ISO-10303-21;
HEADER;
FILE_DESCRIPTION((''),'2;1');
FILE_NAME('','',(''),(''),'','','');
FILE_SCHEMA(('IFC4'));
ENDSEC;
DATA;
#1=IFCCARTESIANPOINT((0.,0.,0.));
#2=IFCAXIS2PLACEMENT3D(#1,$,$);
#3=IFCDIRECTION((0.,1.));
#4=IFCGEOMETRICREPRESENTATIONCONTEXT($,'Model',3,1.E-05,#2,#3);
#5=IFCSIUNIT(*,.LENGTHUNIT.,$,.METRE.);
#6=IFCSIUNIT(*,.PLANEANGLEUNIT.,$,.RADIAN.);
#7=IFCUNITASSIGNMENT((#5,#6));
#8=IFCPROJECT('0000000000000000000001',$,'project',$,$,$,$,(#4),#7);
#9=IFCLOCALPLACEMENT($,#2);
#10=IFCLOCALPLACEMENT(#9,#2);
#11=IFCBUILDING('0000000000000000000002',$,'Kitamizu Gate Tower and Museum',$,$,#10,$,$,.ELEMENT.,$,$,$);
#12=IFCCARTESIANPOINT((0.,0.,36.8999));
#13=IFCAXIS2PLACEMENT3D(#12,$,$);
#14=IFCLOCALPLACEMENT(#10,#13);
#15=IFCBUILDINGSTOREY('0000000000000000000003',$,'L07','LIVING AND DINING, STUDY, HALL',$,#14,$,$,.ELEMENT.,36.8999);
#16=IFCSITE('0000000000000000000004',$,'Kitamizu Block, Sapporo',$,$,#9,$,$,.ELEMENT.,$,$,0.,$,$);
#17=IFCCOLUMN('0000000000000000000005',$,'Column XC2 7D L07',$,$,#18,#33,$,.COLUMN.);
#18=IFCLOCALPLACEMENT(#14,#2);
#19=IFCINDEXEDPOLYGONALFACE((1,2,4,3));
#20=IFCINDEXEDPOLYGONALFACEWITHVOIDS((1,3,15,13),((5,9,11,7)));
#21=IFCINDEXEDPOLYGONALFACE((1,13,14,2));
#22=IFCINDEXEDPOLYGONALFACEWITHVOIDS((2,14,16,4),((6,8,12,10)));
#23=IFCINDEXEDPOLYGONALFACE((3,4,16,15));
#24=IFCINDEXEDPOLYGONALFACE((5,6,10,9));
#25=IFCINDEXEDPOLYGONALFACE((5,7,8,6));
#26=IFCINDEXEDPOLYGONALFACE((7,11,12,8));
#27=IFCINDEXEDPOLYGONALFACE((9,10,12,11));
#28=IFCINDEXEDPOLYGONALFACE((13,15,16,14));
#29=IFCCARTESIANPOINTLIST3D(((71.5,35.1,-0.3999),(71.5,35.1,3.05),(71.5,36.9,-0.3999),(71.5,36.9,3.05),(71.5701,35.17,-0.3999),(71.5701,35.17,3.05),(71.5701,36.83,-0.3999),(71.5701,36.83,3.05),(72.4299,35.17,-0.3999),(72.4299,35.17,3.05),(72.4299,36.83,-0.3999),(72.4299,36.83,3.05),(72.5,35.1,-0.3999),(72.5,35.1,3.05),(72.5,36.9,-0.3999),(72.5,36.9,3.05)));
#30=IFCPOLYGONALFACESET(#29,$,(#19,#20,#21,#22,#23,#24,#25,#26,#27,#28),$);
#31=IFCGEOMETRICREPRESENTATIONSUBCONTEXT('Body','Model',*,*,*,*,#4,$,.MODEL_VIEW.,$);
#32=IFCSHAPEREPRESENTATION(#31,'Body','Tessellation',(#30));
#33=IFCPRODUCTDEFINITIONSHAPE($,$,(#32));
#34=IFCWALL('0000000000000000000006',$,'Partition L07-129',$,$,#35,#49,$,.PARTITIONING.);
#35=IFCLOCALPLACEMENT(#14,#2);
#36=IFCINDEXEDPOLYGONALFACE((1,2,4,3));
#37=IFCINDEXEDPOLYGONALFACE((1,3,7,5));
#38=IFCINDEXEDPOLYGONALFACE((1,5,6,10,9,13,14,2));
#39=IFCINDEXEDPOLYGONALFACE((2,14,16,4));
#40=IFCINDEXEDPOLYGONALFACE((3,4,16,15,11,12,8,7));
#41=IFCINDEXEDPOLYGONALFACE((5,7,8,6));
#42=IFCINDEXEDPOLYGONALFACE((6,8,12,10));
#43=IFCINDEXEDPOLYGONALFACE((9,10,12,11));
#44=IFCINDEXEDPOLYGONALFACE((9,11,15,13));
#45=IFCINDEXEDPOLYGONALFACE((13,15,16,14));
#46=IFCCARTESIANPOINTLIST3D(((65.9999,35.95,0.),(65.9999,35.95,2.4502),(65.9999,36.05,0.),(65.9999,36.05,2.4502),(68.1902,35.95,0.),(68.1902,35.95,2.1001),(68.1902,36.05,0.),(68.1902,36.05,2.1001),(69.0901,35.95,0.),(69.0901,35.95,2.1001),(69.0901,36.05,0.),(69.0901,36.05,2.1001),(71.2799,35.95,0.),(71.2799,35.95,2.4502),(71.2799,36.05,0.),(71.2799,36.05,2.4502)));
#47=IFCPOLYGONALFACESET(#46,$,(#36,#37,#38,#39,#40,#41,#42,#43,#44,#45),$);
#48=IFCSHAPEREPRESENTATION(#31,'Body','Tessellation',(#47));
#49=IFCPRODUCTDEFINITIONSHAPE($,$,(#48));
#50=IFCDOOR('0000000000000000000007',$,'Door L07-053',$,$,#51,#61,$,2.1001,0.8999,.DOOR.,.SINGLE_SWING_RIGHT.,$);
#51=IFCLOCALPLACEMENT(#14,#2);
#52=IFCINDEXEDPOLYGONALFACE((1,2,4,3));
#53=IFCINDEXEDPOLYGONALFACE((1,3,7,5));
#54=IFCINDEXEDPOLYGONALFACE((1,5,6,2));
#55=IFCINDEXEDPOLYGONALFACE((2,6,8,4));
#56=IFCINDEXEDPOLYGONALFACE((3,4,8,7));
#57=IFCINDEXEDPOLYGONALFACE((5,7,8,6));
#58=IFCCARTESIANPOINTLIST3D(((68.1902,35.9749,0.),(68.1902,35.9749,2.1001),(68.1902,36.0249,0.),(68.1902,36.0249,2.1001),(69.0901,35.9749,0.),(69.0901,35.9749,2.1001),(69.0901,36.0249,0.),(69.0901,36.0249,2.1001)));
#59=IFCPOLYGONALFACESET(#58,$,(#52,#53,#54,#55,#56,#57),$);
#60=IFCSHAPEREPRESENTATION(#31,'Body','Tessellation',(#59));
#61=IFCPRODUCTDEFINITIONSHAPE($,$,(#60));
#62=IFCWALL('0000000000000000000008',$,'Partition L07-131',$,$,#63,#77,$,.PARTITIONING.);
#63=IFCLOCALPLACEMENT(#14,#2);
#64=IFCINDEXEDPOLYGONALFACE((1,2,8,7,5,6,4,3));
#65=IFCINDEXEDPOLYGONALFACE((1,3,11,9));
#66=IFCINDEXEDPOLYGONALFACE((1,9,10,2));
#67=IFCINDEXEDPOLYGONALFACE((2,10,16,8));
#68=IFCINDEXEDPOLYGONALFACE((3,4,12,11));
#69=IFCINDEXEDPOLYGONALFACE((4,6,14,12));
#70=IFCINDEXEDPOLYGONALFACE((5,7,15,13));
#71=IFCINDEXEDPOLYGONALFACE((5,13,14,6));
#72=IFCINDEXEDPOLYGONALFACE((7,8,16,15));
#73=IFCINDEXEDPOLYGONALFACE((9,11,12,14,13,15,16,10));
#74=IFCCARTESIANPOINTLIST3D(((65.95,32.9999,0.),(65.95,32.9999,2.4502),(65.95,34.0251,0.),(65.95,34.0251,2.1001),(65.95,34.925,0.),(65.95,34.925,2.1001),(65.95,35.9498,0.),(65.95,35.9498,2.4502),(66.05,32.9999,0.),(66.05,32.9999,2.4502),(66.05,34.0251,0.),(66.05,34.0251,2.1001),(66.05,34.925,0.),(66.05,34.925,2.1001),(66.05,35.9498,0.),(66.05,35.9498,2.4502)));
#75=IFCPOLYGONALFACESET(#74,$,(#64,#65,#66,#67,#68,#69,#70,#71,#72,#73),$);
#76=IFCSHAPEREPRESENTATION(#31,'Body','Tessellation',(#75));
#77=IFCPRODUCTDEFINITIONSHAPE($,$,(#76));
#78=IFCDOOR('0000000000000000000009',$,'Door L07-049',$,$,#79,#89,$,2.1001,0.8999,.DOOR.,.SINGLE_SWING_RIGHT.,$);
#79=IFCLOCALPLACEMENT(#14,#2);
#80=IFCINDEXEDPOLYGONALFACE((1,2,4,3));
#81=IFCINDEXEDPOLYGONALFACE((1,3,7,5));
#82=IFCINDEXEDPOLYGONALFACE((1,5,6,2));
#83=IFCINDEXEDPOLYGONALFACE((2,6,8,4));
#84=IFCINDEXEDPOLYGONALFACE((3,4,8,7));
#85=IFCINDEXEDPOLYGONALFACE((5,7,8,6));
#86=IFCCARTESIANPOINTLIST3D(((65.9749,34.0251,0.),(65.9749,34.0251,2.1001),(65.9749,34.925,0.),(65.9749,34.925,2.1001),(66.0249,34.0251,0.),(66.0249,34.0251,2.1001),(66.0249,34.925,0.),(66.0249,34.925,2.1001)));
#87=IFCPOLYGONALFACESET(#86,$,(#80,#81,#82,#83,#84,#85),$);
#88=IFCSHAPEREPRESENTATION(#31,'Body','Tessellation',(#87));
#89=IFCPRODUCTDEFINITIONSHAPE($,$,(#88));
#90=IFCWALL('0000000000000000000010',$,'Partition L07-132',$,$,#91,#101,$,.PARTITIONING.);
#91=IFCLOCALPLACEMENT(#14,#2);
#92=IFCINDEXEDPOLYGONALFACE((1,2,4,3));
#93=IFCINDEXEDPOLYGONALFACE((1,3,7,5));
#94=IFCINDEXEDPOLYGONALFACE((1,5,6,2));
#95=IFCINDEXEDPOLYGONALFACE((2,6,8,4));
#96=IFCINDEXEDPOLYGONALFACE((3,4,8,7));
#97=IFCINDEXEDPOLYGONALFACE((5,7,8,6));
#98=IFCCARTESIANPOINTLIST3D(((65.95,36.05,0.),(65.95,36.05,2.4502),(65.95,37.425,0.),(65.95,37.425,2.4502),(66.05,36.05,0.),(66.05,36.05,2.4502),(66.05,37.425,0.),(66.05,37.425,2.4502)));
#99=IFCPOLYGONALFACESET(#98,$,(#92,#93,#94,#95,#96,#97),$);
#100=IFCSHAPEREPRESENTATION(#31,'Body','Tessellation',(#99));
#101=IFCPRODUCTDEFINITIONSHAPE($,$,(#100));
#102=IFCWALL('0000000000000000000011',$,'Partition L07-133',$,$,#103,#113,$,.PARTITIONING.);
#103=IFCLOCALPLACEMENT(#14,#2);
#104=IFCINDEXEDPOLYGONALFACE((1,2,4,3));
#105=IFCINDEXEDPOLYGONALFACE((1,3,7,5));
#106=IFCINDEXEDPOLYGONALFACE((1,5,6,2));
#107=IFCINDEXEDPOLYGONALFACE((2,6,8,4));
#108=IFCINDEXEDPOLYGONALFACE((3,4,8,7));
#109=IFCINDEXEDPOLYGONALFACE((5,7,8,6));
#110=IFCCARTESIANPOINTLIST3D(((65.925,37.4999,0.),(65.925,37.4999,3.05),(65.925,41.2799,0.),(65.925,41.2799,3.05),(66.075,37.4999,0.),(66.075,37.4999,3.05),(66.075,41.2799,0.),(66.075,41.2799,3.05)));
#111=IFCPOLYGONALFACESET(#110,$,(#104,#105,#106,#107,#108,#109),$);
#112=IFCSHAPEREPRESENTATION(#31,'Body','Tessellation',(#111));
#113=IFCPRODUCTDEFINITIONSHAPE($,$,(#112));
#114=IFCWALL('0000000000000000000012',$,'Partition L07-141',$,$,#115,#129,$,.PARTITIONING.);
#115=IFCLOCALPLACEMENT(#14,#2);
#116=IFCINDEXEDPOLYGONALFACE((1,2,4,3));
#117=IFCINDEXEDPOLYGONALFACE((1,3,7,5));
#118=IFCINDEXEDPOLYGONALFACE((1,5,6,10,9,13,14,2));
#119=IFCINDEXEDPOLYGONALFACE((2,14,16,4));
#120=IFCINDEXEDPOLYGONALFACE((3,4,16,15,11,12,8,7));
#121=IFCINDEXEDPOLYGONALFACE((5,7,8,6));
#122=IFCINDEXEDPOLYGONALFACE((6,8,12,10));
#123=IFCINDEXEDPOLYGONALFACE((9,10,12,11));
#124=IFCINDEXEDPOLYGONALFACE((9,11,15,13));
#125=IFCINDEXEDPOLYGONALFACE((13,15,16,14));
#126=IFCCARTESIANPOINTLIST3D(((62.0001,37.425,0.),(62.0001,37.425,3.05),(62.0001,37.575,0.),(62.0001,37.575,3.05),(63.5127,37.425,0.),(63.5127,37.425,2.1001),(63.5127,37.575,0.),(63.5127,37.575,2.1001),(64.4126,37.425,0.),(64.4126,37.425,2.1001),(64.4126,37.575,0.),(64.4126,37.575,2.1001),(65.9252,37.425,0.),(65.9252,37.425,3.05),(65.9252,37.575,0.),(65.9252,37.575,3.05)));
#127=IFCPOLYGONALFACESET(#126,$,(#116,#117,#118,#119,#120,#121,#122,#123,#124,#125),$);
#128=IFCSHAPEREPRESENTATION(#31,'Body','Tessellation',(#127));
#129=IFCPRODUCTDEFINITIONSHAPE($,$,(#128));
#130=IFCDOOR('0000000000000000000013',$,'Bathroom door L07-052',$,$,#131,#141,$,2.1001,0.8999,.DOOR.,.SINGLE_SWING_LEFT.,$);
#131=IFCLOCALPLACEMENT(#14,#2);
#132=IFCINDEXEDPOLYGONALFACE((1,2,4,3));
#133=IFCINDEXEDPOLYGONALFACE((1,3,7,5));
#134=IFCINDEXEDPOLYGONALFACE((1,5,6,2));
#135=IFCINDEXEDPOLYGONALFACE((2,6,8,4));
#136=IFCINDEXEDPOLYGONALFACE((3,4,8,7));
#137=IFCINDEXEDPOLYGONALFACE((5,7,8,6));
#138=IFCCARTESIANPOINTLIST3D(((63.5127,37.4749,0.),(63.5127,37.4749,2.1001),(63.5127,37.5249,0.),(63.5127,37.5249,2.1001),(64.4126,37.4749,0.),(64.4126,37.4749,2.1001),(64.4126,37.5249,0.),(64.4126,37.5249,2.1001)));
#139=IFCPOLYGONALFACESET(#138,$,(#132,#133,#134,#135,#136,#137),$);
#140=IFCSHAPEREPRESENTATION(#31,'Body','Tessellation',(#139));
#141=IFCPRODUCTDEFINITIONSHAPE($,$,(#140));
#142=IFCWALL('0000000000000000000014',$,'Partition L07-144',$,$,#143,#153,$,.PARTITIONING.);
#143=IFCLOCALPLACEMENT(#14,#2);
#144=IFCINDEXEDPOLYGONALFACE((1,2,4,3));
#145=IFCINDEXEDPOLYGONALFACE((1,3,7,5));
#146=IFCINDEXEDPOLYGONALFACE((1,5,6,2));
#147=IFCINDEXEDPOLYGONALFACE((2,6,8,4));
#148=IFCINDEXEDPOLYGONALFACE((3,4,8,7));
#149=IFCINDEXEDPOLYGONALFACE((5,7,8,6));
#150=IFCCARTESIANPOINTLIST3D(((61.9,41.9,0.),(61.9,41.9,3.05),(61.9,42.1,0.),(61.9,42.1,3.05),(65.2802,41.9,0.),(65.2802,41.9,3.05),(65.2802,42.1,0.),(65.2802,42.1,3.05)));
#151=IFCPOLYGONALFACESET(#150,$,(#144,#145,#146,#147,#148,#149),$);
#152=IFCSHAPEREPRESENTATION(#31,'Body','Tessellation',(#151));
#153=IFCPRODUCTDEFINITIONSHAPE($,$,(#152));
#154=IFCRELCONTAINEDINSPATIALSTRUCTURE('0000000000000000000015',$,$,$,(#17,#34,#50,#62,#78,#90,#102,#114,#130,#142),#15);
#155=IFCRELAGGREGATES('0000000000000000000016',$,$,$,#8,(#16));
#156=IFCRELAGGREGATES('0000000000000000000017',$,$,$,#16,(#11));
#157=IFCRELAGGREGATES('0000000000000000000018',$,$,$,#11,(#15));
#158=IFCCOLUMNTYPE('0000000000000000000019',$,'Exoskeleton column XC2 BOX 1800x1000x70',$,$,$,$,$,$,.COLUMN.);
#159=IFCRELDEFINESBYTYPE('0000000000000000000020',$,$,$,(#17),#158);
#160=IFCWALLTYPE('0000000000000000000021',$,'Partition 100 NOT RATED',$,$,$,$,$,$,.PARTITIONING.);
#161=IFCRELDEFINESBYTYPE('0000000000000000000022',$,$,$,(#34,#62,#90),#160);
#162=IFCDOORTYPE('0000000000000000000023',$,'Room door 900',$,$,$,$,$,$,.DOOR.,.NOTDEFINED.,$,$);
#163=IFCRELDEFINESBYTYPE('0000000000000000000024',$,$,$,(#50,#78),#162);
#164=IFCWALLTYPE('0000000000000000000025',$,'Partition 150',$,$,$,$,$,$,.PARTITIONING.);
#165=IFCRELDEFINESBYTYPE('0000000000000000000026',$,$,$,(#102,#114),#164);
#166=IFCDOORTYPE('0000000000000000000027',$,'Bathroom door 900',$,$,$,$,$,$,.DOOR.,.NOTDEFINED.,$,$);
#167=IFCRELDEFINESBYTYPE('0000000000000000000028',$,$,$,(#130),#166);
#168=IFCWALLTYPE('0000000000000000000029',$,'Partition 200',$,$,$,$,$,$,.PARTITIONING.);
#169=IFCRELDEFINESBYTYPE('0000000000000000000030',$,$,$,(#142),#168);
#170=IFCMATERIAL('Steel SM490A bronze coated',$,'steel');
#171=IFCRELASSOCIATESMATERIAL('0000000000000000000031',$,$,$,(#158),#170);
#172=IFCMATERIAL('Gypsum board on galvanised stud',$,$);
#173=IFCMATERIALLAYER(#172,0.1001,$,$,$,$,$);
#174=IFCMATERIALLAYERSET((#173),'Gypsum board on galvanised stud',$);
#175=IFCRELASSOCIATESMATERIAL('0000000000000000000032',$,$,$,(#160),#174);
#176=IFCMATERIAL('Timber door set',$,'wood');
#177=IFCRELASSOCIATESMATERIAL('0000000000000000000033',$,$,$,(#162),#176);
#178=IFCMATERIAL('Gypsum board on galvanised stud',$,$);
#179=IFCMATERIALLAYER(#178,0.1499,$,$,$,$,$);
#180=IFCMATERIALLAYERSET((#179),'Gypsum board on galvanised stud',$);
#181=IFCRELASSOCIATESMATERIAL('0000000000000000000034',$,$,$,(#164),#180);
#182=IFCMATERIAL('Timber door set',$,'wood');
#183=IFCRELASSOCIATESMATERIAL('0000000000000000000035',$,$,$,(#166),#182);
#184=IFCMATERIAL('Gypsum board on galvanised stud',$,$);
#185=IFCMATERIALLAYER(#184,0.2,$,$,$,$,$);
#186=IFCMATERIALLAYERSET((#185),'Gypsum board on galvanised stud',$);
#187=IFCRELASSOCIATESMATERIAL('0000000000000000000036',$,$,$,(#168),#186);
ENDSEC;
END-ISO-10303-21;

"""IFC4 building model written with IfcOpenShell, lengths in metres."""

from ifc_helpers import new_model, si_unit, direction, frame, frame_2d, origin, origin_2d, place, context, subcontext, project, spatial, rectangle, hollow_rectangle, extrude, material, layer, layer_set, material_profile, profile_set, type_object, element, fill, save


model = new_model("IFC4")

# Units and contexts
model_context = context("Model", 3, precision=1e-05, world=origin(), true_north=direction((0.0, 1.0)))
body_context = subcontext(model_context, "Body", "Model", "MODEL_VIEW")
ifc_project = project(units=[si_unit("LENGTHUNIT", "METRE"), si_unit("PLANEANGLEUNIT", "RADIAN")], contexts=[model_context])

# Site, building, storey
site_placement = place(None, origin())
site = spatial("IfcSite", under=ifc_project, at=site_placement, Name="Kitamizu Block, Sapporo", CompositionType="ELEMENT", RefElevation=0.0)
building_placement = place(site_placement, origin())
building = spatial("IfcBuilding", under=site, at=building_placement, Name="Kitamizu Gate Tower and Museum", CompositionType="ELEMENT")
storey_placement = place(building_placement, frame((0.0, 0.0, 36.8999)))
storey = spatial("IfcBuildingStorey", under=building, at=storey_placement, Name="L07", Description="LIVING AND DINING, STUDY, HALL", CompositionType="ELEMENT", Elevation=36.8999)

# Column
ifc_material_1 = material(Name="Steel SM490A bronze coated", Category="steel")
ifc_material_profile = material_profile(ifc_material_1, hollow_rectangle(XDim=1.8, YDim=1.0, WallThickness=0.0701, at=origin_2d()), Name="BOX 1800x1000x70")
ifc_profile_set = profile_set([ifc_material_profile], Name="Steel SM490A bronze coated")
column_type = type_object("IfcColumnType", Name="Exoskeleton column XC2 BOX 1800x1000x70", PredefinedType="COLUMN", material=ifc_profile_set)
column_placement = place(storey_placement, frame((72.0, 36.0, -0.3999), z_axis=(0.0, 0.0, 1.0), x_axis=(0.0, 1.0, 0.0)))
element("IfcColumn", 1, at=column_placement, inside=storey, type_object=column_type, Name="Column XC2 7D L07", PredefinedType="COLUMN", context=body_context, shape_type="SweptSolid", body=[
    extrude(hollow_rectangle(XDim=1.8, YDim=1.0, WallThickness=0.0701, at=origin_2d()), origin(), (0.0, 0.0, 1.0), 3.45),
])

# Walls, openings, doors
ifc_material_2 = material(Name="Gypsum board on galvanised stud")
ifc_layer_1 = layer(ifc_material_2, 0.1001)
ifc_layer_set_1 = layer_set([ifc_layer_1], Name="Gypsum board on galvanised stud")
wall_type_1 = type_object("IfcWallType", Name="Partition 100 NOT RATED", PredefinedType="PARTITIONING", material=ifc_layer_set_1)
wall_1_placement = place(storey_placement, frame((71.28, 36.0, 0.0), z_axis=(0.0, 0.0, 1.0), x_axis=(-1.0, 0.0, 0.0)))
wall_1 = element("IfcWall", 2, at=wall_1_placement, inside=storey, type_object=wall_type_1, Name="Partition L07-129", PredefinedType="PARTITIONING", context=body_context, shape_type="SweptSolid", body=[
    extrude(rectangle(XDim=5.28, YDim=0.1001, at=frame_2d((2.6401, 0.0))), origin(), (0.0, 0.0, 1.0), 2.4502),
])
opening_1_placement = place(wall_1_placement, frame((2.1899, 0.0, 0.0)))
opening_1 = element("IfcOpeningElement", 3, at=opening_1_placement, cuts=wall_1, PredefinedType="OPENING", context=body_context, shape_type="SweptSolid", body=[
    extrude(rectangle(XDim=0.8999, YDim=2.1001, at=frame_2d((0.45, 1.05))), frame((0.0, 0.0601, 0.0), z_axis=(0.0, -1.0, 0.0), x_axis=(1.0, 0.0, 0.0)), (0.0, 0.0, 1.0), 0.1201),
])
ifc_material_3 = material(Name="Timber door set", Category="wood")
door_type_1 = type_object("IfcDoorType", Name="Room door 900", OperationType="NOTDEFINED", PredefinedType="DOOR", material=ifc_material_3)
door_1_placement = place(opening_1_placement, frame((0.8999, 0.0, 0.0), x_axis=(-1.0, 0.0, 0.0)))
door_1 = element("IfcDoor", 4, at=door_1_placement, inside=storey, type_object=door_type_1, Name="Door L07-053", OperationType="SINGLE_SWING_RIGHT", OverallHeight=2.1001, OverallWidth=0.8999, PredefinedType="DOOR", context=body_context, shape_type="SweptSolid", body=[
    extrude(rectangle(XDim=0.8999, YDim=2.1001, at=frame_2d((0.45, 1.05))), frame((0.0, 0.0249, 0.0), z_axis=(0.0, -1.0, 0.0), x_axis=(1.0, 0.0, 0.0)), (0.0, 0.0, 1.0), 0.05),
])
fill(opening_1, door_1)
wall_2_placement = place(storey_placement, frame((66.0, 35.95, 0.0), z_axis=(0.0, 0.0, 1.0), x_axis=(0.0, -1.0, 0.0)))
wall_2 = element("IfcWall", 5, at=wall_2_placement, inside=storey, type_object=wall_type_1, Name="Partition L07-131", PredefinedType="PARTITIONING", context=body_context, shape_type="SweptSolid", body=[
    extrude(rectangle(XDim=2.95, YDim=0.1001, at=frame_2d((1.4751, 0.0))), origin(), (0.0, 0.0, 1.0), 2.4502),
])
opening_2_placement = place(wall_2_placement, frame((1.0249, 0.0, 0.0)))
opening_2 = element("IfcOpeningElement", 6, at=opening_2_placement, cuts=wall_2, PredefinedType="OPENING", context=body_context, shape_type="SweptSolid", body=[
    extrude(rectangle(XDim=0.8999, YDim=2.1001, at=frame_2d((0.45, 1.05))), frame((0.0, 0.0601, 0.0), z_axis=(0.0, -1.0, 0.0), x_axis=(1.0, 0.0, 0.0)), (0.0, 0.0, 1.0), 0.1201),
])
door_2_placement = place(opening_2_placement, origin())
door_2 = element("IfcDoor", 7, at=door_2_placement, inside=storey, type_object=door_type_1, Name="Door L07-049", OperationType="SINGLE_SWING_RIGHT", OverallHeight=2.1001, OverallWidth=0.8999, PredefinedType="DOOR", context=body_context, shape_type="SweptSolid", body=[
    extrude(rectangle(XDim=0.8999, YDim=2.1001, at=frame_2d((0.45, 1.05))), frame((0.0, 0.0249, 0.0), z_axis=(0.0, -1.0, 0.0), x_axis=(1.0, 0.0, 0.0)), (0.0, 0.0, 1.0), 0.05),
])
fill(opening_2, door_2)

# Walls
wall_3_placement = place(storey_placement, frame((66.0, 37.425, 0.0), z_axis=(0.0, 0.0, 1.0), x_axis=(0.0, -1.0, 0.0)))
element("IfcWall", 8, at=wall_3_placement, inside=storey, type_object=wall_type_1, Name="Partition L07-132", PredefinedType="PARTITIONING", context=body_context, shape_type="SweptSolid", body=[
    extrude(rectangle(XDim=1.375, YDim=0.1001, at=frame_2d((0.6875, 0.0))), origin(), (0.0, 0.0, 1.0), 2.4502),
])
ifc_material_4 = material(Name="Gypsum board on galvanised stud")
ifc_layer_2 = layer(ifc_material_4, 0.1499)
ifc_layer_set_2 = layer_set([ifc_layer_2], Name="Gypsum board on galvanised stud")
wall_type_2 = type_object("IfcWallType", Name="Partition 150", PredefinedType="PARTITIONING", material=ifc_layer_set_2)
wall_4_placement = place(storey_placement, frame((66.0, 41.28, 0.0), z_axis=(0.0, 0.0, 1.0), x_axis=(0.0, -1.0, 0.0)))
element("IfcWall", 9, at=wall_4_placement, inside=storey, type_object=wall_type_2, Name="Partition L07-133", PredefinedType="PARTITIONING", context=body_context, shape_type="SweptSolid", body=[
    extrude(rectangle(XDim=3.78, YDim=0.1499, at=frame_2d((1.8901, 0.0))), origin(), (0.0, 0.0, 1.0), 3.05),
])

# Wall, opening, door
wall_5_placement = place(storey_placement, frame((65.925, 37.5, 0.0), z_axis=(0.0, 0.0, 1.0), x_axis=(-1.0, 0.0, 0.0)))
wall_5 = element("IfcWall", 10, at=wall_5_placement, inside=storey, type_object=wall_type_2, Name="Partition L07-141", PredefinedType="PARTITIONING", context=body_context, shape_type="SweptSolid", body=[
    extrude(rectangle(XDim=3.925, YDim=0.1499, at=frame_2d((1.9624, 0.0))), origin(), (0.0, 0.0, 1.0), 3.05),
])
opening_3_placement = place(wall_5_placement, frame((1.5125, 0.0, 0.0)))
opening_3 = element("IfcOpeningElement", 11, at=opening_3_placement, cuts=wall_5, PredefinedType="OPENING", context=body_context, shape_type="SweptSolid", body=[
    extrude(rectangle(XDim=0.8999, YDim=2.1001, at=frame_2d((0.45, 1.05))), frame((0.0, 0.085, 0.0), z_axis=(0.0, -1.0, 0.0), x_axis=(1.0, 0.0, 0.0)), (0.0, 0.0, 1.0), 0.1699),
])
ifc_material_5 = material(Name="Timber door set", Category="wood")
door_type_2 = type_object("IfcDoorType", Name="Bathroom door 900", OperationType="NOTDEFINED", PredefinedType="DOOR", material=ifc_material_5)
door_3_placement = place(opening_3_placement, frame((0.8999, 0.0, 0.0), x_axis=(-1.0, 0.0, 0.0)))
door_3 = element("IfcDoor", 12, at=door_3_placement, inside=storey, type_object=door_type_2, Name="Bathroom door L07-052", OperationType="SINGLE_SWING_LEFT", OverallHeight=2.1001, OverallWidth=0.8999, PredefinedType="DOOR", context=body_context, shape_type="SweptSolid", body=[
    extrude(rectangle(XDim=0.8999, YDim=2.1001, at=frame_2d((0.45, 1.05))), frame((0.0, 0.0249, 0.0), z_axis=(0.0, -1.0, 0.0), x_axis=(1.0, 0.0, 0.0)), (0.0, 0.0, 1.0), 0.05),
])
fill(opening_3, door_3)

# Wall
ifc_material_6 = material(Name="Gypsum board on galvanised stud")
ifc_layer_3 = layer(ifc_material_6, 0.2)
ifc_layer_set_3 = layer_set([ifc_layer_3], Name="Gypsum board on galvanised stud")
wall_type_3 = type_object("IfcWallType", Name="Partition 200", PredefinedType="PARTITIONING", material=ifc_layer_set_3)
wall_6_placement = place(storey_placement, frame((65.28, 42.0, 0.0), z_axis=(0.0, 0.0, 1.0), x_axis=(-1.0, 0.0, 0.0)))
element("IfcWall", 13, at=wall_6_placement, inside=storey, type_object=wall_type_3, Name="Partition L07-144", PredefinedType="PARTITIONING", context=body_context, shape_type="SweptSolid", body=[
    extrude(rectangle(XDim=3.3801, YDim=0.2, at=frame_2d((1.6899, 0.0))), origin(), (0.0, 0.0, 1.0), 3.05),
])

save(model, "model.ifc")
